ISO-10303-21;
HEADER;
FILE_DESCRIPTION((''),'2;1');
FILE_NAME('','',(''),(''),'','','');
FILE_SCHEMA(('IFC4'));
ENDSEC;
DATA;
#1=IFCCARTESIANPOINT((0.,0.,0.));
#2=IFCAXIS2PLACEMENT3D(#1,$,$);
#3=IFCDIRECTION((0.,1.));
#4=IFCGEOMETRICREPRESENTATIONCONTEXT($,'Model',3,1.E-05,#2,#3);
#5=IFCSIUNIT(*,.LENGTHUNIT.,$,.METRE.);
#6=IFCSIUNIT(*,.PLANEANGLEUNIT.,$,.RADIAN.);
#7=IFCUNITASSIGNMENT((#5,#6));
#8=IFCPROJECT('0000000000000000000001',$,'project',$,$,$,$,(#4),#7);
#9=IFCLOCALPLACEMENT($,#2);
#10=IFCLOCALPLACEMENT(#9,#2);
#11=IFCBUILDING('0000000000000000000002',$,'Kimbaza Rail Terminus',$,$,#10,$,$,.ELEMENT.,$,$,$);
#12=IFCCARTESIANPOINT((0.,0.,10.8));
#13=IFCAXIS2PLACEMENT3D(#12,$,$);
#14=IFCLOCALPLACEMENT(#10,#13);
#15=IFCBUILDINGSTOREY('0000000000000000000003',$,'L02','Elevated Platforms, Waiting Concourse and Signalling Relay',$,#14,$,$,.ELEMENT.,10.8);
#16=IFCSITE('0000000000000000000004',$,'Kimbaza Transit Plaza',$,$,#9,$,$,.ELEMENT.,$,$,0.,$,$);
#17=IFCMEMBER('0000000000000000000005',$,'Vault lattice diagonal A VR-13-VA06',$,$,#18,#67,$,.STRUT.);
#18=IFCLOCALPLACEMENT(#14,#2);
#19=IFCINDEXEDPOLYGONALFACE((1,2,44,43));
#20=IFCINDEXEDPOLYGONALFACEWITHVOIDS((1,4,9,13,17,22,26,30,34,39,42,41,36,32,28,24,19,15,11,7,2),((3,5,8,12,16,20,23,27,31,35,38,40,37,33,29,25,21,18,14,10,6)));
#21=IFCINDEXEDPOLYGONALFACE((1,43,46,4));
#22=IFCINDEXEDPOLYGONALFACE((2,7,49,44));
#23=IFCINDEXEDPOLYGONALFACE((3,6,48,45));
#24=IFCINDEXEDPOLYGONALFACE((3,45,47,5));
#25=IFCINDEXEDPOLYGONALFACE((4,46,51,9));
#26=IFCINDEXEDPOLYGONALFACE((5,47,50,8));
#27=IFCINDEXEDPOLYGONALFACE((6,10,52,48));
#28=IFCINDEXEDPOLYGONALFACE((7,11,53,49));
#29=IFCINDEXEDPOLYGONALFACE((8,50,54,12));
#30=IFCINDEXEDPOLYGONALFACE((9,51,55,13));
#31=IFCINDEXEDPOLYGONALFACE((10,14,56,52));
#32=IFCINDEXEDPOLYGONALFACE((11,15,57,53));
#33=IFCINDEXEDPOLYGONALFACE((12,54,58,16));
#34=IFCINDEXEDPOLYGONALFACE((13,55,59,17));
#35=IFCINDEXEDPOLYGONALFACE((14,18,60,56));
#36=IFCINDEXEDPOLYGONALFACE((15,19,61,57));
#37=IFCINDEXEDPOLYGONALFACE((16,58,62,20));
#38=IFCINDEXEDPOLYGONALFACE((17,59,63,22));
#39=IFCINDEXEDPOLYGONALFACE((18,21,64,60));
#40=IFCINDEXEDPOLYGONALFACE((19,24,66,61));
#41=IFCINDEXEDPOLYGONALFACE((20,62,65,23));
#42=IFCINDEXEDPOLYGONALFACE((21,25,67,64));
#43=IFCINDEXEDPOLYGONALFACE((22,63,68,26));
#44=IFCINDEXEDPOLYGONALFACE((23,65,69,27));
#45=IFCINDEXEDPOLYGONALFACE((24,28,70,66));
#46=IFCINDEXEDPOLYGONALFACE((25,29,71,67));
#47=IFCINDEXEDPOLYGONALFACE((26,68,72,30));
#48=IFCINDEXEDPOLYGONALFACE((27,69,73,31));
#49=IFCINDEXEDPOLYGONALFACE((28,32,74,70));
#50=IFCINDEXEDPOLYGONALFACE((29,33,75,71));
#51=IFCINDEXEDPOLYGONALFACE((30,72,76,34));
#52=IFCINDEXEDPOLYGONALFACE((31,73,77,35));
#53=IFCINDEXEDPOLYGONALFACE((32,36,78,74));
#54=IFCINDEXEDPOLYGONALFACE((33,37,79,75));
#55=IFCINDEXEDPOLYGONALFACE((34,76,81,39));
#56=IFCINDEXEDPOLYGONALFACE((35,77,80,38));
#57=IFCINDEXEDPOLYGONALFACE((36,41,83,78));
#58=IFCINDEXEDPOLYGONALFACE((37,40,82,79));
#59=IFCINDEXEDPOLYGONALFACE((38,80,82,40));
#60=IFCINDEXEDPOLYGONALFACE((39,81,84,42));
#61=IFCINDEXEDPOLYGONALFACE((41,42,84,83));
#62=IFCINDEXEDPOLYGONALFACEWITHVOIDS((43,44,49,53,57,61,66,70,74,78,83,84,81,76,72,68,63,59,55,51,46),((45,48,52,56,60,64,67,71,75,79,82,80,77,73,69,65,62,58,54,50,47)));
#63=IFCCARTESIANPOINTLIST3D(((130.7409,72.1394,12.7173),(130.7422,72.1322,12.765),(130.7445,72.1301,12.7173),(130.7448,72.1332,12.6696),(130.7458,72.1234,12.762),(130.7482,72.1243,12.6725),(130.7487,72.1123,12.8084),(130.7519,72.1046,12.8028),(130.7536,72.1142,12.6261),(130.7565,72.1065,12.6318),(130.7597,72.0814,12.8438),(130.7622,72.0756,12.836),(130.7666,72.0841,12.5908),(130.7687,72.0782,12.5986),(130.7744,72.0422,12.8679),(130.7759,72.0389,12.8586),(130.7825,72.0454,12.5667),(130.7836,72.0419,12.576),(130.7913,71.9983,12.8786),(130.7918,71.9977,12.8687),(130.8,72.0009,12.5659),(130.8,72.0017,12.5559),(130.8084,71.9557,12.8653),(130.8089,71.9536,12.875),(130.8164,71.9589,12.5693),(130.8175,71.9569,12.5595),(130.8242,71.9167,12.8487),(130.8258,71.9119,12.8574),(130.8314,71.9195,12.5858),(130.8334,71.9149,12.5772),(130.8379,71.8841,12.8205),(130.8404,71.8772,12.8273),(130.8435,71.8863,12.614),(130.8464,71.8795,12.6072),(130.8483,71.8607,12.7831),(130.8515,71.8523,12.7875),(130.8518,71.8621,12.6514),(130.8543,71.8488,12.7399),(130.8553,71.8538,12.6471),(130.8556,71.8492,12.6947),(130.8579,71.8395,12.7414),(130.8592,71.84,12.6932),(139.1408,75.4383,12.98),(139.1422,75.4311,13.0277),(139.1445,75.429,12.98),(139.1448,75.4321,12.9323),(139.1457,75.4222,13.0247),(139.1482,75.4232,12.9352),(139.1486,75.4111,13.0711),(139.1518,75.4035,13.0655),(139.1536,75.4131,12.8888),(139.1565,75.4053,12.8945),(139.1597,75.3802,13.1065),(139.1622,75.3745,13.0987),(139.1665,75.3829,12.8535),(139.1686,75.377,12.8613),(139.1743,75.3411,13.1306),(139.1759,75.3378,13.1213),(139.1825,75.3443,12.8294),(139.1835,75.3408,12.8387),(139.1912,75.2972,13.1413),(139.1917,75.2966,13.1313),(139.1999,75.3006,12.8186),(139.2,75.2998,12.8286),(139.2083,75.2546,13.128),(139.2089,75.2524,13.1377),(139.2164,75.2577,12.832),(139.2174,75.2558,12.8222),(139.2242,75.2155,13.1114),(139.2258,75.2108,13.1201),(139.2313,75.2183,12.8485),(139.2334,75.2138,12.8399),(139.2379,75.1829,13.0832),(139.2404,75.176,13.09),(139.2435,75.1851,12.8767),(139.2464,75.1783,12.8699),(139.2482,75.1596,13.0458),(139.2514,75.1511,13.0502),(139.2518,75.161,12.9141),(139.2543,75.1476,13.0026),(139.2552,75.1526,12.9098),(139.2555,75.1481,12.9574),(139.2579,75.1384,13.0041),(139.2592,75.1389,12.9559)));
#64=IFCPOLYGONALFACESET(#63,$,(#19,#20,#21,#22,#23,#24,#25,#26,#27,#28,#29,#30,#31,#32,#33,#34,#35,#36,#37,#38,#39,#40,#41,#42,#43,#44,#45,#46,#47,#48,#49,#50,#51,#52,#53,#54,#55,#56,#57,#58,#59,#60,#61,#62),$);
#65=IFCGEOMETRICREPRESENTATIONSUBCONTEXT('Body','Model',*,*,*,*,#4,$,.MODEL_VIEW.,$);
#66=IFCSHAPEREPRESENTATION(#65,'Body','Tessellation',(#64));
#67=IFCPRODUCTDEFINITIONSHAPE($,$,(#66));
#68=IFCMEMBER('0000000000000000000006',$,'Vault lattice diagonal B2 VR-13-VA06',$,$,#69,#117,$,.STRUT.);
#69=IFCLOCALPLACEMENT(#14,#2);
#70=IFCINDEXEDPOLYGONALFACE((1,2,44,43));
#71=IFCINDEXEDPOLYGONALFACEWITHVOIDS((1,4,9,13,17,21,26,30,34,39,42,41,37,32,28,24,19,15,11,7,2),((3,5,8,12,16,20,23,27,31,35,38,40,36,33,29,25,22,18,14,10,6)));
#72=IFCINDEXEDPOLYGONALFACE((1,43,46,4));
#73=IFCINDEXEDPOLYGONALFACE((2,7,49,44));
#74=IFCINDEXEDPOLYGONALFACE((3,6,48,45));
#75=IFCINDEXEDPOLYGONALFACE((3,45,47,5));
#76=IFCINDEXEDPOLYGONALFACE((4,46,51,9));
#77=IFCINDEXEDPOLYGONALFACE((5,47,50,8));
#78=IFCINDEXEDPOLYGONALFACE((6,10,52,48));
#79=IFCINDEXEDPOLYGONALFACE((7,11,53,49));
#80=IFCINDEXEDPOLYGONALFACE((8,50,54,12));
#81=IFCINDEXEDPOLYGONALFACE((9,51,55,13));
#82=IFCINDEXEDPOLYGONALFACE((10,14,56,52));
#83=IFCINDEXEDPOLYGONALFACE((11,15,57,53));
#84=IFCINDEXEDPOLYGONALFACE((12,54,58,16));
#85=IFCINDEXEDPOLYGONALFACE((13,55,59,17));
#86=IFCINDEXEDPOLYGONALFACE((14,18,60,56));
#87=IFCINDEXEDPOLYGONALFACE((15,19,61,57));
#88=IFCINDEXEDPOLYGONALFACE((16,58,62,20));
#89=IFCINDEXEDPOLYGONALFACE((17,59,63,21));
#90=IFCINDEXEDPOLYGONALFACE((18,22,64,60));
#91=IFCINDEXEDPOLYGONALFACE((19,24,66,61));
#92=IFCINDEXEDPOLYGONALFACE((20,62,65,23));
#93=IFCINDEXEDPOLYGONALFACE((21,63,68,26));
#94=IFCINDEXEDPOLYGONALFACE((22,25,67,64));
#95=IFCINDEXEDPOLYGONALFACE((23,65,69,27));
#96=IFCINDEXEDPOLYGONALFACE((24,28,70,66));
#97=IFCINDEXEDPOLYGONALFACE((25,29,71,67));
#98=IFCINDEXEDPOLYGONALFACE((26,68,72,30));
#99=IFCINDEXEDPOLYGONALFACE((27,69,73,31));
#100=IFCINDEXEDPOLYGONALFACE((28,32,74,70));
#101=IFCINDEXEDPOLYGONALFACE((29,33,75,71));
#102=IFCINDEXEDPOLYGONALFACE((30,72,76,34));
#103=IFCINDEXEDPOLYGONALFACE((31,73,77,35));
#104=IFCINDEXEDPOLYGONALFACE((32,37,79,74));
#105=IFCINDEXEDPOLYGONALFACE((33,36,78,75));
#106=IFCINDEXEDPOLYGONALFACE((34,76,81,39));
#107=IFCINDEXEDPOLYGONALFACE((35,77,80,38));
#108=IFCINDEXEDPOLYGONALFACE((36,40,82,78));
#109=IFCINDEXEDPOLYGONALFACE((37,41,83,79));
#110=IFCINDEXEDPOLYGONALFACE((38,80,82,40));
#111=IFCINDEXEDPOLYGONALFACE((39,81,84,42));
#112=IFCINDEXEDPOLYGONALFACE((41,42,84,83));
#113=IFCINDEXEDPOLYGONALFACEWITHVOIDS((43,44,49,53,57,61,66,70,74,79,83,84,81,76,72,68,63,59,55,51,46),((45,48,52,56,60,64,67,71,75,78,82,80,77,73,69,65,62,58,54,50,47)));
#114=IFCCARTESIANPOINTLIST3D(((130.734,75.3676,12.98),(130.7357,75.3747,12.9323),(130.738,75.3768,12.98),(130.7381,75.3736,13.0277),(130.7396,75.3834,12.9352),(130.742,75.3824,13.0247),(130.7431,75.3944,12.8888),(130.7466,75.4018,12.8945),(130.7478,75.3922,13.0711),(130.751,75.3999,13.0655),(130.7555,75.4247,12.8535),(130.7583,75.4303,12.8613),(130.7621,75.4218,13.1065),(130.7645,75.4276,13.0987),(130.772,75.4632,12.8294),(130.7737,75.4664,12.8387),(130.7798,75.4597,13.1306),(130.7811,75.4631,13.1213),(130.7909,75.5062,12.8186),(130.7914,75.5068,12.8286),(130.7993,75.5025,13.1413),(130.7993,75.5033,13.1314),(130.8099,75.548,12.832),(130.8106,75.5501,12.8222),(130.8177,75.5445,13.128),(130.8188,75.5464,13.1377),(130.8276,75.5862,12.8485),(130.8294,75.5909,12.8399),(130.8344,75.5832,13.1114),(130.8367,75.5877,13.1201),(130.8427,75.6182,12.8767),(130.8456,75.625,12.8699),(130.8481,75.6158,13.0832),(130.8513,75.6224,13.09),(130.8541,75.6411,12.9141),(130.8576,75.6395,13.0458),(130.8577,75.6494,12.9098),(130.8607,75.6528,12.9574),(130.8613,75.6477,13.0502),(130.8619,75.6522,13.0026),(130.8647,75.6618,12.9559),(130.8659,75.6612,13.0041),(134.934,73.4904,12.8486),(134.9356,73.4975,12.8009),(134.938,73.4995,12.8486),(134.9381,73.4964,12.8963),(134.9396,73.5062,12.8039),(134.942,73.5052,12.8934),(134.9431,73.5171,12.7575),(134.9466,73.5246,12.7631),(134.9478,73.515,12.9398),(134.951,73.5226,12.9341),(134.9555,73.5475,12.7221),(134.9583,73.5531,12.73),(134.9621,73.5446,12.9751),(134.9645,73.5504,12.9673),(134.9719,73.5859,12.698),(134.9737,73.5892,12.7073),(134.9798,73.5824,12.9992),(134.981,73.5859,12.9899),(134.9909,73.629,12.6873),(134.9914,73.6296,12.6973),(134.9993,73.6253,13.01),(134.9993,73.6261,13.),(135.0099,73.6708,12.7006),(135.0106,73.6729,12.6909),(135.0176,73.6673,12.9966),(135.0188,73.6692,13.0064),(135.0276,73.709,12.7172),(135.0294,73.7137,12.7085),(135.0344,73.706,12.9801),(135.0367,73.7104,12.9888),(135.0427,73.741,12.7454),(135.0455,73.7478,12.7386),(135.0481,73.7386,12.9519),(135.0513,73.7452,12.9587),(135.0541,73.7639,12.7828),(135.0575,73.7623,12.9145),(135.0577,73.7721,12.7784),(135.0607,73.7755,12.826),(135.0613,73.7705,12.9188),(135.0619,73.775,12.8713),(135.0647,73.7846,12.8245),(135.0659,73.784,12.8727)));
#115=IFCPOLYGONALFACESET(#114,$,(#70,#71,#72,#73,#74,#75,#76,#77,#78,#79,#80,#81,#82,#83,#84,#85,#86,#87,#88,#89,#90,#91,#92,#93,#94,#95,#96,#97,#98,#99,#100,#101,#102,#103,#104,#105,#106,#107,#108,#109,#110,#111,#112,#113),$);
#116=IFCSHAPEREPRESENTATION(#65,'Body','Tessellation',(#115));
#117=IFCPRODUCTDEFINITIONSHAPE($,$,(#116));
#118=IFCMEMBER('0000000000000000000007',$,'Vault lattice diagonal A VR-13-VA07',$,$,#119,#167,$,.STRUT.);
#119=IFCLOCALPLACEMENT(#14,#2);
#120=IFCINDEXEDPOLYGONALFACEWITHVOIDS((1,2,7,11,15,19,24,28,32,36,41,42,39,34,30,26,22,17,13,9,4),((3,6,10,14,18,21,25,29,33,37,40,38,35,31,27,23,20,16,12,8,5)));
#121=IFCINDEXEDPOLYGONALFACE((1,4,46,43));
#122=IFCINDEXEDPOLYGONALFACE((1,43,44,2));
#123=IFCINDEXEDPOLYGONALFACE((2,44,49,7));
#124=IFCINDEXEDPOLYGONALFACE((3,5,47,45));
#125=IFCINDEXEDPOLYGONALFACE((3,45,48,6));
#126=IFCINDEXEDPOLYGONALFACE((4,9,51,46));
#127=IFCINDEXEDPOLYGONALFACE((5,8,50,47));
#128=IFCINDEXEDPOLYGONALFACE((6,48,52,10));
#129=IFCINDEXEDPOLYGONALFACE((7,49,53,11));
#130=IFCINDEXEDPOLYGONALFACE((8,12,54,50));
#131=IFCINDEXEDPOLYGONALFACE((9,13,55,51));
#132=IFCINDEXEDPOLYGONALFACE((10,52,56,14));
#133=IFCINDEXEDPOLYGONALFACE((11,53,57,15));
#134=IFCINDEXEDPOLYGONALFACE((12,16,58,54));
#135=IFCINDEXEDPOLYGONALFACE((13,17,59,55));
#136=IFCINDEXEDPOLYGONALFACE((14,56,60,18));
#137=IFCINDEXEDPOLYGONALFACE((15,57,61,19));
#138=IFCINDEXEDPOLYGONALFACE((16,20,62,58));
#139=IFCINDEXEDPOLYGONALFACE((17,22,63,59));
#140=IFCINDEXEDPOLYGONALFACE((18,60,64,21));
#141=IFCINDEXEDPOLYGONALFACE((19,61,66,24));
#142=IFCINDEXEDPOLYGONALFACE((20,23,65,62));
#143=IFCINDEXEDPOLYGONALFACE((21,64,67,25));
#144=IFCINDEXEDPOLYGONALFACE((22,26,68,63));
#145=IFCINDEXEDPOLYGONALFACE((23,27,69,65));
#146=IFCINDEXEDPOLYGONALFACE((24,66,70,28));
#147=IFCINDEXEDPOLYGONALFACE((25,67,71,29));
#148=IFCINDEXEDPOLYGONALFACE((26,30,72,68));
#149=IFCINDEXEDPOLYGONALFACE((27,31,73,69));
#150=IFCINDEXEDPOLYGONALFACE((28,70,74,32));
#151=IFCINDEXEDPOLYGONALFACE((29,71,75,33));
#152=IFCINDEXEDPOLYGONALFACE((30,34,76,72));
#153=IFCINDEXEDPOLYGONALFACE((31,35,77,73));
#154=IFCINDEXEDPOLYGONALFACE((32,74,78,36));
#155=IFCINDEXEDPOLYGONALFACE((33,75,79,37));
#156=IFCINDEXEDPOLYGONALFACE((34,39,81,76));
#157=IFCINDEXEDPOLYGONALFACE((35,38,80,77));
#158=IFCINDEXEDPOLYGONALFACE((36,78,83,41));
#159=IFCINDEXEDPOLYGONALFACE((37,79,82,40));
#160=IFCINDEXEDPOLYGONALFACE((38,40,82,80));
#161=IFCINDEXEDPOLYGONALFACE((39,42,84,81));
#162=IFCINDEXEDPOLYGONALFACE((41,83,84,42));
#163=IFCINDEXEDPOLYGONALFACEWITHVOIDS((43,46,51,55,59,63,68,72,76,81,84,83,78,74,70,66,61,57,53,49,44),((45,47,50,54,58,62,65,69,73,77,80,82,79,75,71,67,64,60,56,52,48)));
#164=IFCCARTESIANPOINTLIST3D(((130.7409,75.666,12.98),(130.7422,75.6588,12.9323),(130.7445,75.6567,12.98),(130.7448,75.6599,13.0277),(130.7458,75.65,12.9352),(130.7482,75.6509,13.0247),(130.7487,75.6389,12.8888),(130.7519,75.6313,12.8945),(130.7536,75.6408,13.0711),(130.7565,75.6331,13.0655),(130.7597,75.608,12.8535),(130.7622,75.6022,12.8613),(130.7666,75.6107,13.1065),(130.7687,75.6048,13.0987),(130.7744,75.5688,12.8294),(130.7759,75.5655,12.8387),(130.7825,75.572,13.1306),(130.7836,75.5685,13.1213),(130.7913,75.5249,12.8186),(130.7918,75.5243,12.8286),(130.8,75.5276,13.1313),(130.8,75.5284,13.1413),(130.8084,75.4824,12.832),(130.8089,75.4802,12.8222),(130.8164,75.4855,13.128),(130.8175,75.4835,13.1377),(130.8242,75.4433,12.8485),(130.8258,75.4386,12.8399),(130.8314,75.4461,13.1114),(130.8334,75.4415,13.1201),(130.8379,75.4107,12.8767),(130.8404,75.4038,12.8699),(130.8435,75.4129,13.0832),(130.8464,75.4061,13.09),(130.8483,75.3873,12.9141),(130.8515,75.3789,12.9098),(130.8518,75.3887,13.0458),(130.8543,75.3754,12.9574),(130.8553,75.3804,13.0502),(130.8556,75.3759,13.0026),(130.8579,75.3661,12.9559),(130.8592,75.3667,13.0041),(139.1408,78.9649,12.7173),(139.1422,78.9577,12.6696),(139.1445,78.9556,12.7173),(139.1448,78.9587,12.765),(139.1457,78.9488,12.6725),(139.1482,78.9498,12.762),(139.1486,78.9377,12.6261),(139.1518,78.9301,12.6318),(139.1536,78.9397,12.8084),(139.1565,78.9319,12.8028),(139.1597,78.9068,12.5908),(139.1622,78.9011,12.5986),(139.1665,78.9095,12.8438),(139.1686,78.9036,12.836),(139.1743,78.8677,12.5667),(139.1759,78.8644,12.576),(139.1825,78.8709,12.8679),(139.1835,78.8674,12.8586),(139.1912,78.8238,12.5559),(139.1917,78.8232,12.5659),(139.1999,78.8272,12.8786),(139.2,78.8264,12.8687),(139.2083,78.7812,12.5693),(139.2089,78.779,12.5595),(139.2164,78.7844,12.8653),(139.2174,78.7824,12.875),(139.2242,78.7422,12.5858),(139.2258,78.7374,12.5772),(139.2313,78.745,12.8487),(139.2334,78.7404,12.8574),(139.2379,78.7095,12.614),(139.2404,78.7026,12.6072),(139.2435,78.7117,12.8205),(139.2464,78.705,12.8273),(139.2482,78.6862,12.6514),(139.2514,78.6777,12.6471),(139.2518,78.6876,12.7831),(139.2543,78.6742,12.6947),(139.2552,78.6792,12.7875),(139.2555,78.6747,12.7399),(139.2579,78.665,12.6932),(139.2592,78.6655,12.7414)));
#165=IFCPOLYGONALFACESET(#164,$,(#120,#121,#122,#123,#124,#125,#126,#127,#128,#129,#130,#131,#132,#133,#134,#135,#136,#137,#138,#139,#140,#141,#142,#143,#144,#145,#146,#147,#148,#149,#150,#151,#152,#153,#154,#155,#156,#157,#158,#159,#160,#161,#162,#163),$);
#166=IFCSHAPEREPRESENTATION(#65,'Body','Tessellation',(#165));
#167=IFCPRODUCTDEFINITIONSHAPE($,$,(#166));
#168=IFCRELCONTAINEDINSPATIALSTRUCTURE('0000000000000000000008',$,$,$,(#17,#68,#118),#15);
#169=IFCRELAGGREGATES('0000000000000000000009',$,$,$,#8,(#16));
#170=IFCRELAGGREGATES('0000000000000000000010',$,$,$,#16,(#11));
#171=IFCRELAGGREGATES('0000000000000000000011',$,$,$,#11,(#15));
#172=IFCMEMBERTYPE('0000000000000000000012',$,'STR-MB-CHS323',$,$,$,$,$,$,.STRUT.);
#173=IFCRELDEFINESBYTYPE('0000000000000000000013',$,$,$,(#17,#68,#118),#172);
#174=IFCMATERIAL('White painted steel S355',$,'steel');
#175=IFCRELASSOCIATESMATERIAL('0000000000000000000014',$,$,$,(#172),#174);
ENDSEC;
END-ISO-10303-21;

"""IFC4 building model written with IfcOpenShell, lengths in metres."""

from ifc_helpers import new_model, si_unit, direction, frame, origin, origin_2d, place, context, subcontext, project, spatial, hollow_circle, extrude, material, material_profile, profile_set, type_object, element, save


model = new_model("IFC4")

# Units and contexts
model_context = context("Model", 3, precision=1e-05, world=origin(), true_north=direction((0.0, 1.0)))
body_context = subcontext(model_context, "Body", "Model", "MODEL_VIEW")
ifc_project = project(units=[si_unit("LENGTHUNIT", "METRE"), si_unit("PLANEANGLEUNIT", "RADIAN")], contexts=[model_context])

# Site, building, storey
site_placement = place(None, origin())
site = spatial("IfcSite", under=ifc_project, at=site_placement, Name="Kimbaza Transit Plaza", CompositionType="ELEMENT", RefElevation=0.0)
building_placement = place(site_placement, origin())
building = spatial("IfcBuilding", under=site, at=building_placement, Name="Kimbaza Rail Terminus", CompositionType="ELEMENT")
storey_placement = place(building_placement, frame((0.0, 0.0, 10.8)))
storey = spatial("IfcBuildingStorey", under=building, at=storey_placement, Name="L02", Description="Elevated Platforms, Waiting Concourse and Signalling Relay", CompositionType="ELEMENT", Elevation=10.8)

# Members
ifc_material_1 = material(Name="White painted steel S355", Category="steel")
ifc_material_profile_1 = material_profile(ifc_material_1, hollow_circle(Radius=0.1619, WallThickness=0.01, at=origin_2d()), Name="CHS 323.9x10")
ifc_profile_set_1 = profile_set([ifc_material_profile_1], Name="White painted steel S355")
member_type_1 = type_object("IfcMemberType", Name="STR-MB-CHS323", PredefinedType="STRUT", material=ifc_profile_set_1)
member_1_placement = place(storey_placement, frame((130.8, 71.9888, 12.7173), z_axis=(0.9304, 0.365389, 0.029097), x_axis=(-0.365544, 0.930794, 0.0)))
element("IfcMember", 1, at=member_1_placement, inside=storey, type_object=member_type_1, Name="Vault lattice diagonal A VR-13-VA06", PredefinedType="STRUT", context=body_context, shape_type="SweptSolid", body=[
    extrude(hollow_circle(Radius=0.1619, WallThickness=0.01, at=origin_2d()), origin(), (0.0, 0.0, 1.0), 9.0283),
])
member_2_placement = place(storey_placement, frame((135.0, 73.6382, 12.8486), z_axis=(-0.912586, 0.407887, 0.02854), x_axis=(-0.408053, -0.912958, 0.0)))
element("IfcMember", 2, at=member_2_placement, inside=storey, type_object=member_type_1, Name="Vault lattice diagonal B2 VR-13-VA06", PredefinedType="STRUT", context=body_context, shape_type="SweptSolid", body=[
    extrude(hollow_circle(Radius=0.1619, WallThickness=0.01, at=origin_2d()), origin(), (0.0, 0.0, 1.0), 4.6023),
])
member_3_placement = place(storey_placement, frame((130.8, 75.5154, 12.98), z_axis=(0.9304, 0.365389, -0.029097), x_axis=(-0.365544, 0.930794, 0.0)))
element("IfcMember", 3, at=member_3_placement, inside=storey, type_object=member_type_1, Name="Vault lattice diagonal A VR-13-VA07", PredefinedType="STRUT", context=body_context, shape_type="SweptSolid", body=[
    extrude(hollow_circle(Radius=0.1619, WallThickness=0.01, at=origin_2d()), origin(), (0.0, 0.0, 1.0), 9.0283),
])

save(model, "model.ifc")
